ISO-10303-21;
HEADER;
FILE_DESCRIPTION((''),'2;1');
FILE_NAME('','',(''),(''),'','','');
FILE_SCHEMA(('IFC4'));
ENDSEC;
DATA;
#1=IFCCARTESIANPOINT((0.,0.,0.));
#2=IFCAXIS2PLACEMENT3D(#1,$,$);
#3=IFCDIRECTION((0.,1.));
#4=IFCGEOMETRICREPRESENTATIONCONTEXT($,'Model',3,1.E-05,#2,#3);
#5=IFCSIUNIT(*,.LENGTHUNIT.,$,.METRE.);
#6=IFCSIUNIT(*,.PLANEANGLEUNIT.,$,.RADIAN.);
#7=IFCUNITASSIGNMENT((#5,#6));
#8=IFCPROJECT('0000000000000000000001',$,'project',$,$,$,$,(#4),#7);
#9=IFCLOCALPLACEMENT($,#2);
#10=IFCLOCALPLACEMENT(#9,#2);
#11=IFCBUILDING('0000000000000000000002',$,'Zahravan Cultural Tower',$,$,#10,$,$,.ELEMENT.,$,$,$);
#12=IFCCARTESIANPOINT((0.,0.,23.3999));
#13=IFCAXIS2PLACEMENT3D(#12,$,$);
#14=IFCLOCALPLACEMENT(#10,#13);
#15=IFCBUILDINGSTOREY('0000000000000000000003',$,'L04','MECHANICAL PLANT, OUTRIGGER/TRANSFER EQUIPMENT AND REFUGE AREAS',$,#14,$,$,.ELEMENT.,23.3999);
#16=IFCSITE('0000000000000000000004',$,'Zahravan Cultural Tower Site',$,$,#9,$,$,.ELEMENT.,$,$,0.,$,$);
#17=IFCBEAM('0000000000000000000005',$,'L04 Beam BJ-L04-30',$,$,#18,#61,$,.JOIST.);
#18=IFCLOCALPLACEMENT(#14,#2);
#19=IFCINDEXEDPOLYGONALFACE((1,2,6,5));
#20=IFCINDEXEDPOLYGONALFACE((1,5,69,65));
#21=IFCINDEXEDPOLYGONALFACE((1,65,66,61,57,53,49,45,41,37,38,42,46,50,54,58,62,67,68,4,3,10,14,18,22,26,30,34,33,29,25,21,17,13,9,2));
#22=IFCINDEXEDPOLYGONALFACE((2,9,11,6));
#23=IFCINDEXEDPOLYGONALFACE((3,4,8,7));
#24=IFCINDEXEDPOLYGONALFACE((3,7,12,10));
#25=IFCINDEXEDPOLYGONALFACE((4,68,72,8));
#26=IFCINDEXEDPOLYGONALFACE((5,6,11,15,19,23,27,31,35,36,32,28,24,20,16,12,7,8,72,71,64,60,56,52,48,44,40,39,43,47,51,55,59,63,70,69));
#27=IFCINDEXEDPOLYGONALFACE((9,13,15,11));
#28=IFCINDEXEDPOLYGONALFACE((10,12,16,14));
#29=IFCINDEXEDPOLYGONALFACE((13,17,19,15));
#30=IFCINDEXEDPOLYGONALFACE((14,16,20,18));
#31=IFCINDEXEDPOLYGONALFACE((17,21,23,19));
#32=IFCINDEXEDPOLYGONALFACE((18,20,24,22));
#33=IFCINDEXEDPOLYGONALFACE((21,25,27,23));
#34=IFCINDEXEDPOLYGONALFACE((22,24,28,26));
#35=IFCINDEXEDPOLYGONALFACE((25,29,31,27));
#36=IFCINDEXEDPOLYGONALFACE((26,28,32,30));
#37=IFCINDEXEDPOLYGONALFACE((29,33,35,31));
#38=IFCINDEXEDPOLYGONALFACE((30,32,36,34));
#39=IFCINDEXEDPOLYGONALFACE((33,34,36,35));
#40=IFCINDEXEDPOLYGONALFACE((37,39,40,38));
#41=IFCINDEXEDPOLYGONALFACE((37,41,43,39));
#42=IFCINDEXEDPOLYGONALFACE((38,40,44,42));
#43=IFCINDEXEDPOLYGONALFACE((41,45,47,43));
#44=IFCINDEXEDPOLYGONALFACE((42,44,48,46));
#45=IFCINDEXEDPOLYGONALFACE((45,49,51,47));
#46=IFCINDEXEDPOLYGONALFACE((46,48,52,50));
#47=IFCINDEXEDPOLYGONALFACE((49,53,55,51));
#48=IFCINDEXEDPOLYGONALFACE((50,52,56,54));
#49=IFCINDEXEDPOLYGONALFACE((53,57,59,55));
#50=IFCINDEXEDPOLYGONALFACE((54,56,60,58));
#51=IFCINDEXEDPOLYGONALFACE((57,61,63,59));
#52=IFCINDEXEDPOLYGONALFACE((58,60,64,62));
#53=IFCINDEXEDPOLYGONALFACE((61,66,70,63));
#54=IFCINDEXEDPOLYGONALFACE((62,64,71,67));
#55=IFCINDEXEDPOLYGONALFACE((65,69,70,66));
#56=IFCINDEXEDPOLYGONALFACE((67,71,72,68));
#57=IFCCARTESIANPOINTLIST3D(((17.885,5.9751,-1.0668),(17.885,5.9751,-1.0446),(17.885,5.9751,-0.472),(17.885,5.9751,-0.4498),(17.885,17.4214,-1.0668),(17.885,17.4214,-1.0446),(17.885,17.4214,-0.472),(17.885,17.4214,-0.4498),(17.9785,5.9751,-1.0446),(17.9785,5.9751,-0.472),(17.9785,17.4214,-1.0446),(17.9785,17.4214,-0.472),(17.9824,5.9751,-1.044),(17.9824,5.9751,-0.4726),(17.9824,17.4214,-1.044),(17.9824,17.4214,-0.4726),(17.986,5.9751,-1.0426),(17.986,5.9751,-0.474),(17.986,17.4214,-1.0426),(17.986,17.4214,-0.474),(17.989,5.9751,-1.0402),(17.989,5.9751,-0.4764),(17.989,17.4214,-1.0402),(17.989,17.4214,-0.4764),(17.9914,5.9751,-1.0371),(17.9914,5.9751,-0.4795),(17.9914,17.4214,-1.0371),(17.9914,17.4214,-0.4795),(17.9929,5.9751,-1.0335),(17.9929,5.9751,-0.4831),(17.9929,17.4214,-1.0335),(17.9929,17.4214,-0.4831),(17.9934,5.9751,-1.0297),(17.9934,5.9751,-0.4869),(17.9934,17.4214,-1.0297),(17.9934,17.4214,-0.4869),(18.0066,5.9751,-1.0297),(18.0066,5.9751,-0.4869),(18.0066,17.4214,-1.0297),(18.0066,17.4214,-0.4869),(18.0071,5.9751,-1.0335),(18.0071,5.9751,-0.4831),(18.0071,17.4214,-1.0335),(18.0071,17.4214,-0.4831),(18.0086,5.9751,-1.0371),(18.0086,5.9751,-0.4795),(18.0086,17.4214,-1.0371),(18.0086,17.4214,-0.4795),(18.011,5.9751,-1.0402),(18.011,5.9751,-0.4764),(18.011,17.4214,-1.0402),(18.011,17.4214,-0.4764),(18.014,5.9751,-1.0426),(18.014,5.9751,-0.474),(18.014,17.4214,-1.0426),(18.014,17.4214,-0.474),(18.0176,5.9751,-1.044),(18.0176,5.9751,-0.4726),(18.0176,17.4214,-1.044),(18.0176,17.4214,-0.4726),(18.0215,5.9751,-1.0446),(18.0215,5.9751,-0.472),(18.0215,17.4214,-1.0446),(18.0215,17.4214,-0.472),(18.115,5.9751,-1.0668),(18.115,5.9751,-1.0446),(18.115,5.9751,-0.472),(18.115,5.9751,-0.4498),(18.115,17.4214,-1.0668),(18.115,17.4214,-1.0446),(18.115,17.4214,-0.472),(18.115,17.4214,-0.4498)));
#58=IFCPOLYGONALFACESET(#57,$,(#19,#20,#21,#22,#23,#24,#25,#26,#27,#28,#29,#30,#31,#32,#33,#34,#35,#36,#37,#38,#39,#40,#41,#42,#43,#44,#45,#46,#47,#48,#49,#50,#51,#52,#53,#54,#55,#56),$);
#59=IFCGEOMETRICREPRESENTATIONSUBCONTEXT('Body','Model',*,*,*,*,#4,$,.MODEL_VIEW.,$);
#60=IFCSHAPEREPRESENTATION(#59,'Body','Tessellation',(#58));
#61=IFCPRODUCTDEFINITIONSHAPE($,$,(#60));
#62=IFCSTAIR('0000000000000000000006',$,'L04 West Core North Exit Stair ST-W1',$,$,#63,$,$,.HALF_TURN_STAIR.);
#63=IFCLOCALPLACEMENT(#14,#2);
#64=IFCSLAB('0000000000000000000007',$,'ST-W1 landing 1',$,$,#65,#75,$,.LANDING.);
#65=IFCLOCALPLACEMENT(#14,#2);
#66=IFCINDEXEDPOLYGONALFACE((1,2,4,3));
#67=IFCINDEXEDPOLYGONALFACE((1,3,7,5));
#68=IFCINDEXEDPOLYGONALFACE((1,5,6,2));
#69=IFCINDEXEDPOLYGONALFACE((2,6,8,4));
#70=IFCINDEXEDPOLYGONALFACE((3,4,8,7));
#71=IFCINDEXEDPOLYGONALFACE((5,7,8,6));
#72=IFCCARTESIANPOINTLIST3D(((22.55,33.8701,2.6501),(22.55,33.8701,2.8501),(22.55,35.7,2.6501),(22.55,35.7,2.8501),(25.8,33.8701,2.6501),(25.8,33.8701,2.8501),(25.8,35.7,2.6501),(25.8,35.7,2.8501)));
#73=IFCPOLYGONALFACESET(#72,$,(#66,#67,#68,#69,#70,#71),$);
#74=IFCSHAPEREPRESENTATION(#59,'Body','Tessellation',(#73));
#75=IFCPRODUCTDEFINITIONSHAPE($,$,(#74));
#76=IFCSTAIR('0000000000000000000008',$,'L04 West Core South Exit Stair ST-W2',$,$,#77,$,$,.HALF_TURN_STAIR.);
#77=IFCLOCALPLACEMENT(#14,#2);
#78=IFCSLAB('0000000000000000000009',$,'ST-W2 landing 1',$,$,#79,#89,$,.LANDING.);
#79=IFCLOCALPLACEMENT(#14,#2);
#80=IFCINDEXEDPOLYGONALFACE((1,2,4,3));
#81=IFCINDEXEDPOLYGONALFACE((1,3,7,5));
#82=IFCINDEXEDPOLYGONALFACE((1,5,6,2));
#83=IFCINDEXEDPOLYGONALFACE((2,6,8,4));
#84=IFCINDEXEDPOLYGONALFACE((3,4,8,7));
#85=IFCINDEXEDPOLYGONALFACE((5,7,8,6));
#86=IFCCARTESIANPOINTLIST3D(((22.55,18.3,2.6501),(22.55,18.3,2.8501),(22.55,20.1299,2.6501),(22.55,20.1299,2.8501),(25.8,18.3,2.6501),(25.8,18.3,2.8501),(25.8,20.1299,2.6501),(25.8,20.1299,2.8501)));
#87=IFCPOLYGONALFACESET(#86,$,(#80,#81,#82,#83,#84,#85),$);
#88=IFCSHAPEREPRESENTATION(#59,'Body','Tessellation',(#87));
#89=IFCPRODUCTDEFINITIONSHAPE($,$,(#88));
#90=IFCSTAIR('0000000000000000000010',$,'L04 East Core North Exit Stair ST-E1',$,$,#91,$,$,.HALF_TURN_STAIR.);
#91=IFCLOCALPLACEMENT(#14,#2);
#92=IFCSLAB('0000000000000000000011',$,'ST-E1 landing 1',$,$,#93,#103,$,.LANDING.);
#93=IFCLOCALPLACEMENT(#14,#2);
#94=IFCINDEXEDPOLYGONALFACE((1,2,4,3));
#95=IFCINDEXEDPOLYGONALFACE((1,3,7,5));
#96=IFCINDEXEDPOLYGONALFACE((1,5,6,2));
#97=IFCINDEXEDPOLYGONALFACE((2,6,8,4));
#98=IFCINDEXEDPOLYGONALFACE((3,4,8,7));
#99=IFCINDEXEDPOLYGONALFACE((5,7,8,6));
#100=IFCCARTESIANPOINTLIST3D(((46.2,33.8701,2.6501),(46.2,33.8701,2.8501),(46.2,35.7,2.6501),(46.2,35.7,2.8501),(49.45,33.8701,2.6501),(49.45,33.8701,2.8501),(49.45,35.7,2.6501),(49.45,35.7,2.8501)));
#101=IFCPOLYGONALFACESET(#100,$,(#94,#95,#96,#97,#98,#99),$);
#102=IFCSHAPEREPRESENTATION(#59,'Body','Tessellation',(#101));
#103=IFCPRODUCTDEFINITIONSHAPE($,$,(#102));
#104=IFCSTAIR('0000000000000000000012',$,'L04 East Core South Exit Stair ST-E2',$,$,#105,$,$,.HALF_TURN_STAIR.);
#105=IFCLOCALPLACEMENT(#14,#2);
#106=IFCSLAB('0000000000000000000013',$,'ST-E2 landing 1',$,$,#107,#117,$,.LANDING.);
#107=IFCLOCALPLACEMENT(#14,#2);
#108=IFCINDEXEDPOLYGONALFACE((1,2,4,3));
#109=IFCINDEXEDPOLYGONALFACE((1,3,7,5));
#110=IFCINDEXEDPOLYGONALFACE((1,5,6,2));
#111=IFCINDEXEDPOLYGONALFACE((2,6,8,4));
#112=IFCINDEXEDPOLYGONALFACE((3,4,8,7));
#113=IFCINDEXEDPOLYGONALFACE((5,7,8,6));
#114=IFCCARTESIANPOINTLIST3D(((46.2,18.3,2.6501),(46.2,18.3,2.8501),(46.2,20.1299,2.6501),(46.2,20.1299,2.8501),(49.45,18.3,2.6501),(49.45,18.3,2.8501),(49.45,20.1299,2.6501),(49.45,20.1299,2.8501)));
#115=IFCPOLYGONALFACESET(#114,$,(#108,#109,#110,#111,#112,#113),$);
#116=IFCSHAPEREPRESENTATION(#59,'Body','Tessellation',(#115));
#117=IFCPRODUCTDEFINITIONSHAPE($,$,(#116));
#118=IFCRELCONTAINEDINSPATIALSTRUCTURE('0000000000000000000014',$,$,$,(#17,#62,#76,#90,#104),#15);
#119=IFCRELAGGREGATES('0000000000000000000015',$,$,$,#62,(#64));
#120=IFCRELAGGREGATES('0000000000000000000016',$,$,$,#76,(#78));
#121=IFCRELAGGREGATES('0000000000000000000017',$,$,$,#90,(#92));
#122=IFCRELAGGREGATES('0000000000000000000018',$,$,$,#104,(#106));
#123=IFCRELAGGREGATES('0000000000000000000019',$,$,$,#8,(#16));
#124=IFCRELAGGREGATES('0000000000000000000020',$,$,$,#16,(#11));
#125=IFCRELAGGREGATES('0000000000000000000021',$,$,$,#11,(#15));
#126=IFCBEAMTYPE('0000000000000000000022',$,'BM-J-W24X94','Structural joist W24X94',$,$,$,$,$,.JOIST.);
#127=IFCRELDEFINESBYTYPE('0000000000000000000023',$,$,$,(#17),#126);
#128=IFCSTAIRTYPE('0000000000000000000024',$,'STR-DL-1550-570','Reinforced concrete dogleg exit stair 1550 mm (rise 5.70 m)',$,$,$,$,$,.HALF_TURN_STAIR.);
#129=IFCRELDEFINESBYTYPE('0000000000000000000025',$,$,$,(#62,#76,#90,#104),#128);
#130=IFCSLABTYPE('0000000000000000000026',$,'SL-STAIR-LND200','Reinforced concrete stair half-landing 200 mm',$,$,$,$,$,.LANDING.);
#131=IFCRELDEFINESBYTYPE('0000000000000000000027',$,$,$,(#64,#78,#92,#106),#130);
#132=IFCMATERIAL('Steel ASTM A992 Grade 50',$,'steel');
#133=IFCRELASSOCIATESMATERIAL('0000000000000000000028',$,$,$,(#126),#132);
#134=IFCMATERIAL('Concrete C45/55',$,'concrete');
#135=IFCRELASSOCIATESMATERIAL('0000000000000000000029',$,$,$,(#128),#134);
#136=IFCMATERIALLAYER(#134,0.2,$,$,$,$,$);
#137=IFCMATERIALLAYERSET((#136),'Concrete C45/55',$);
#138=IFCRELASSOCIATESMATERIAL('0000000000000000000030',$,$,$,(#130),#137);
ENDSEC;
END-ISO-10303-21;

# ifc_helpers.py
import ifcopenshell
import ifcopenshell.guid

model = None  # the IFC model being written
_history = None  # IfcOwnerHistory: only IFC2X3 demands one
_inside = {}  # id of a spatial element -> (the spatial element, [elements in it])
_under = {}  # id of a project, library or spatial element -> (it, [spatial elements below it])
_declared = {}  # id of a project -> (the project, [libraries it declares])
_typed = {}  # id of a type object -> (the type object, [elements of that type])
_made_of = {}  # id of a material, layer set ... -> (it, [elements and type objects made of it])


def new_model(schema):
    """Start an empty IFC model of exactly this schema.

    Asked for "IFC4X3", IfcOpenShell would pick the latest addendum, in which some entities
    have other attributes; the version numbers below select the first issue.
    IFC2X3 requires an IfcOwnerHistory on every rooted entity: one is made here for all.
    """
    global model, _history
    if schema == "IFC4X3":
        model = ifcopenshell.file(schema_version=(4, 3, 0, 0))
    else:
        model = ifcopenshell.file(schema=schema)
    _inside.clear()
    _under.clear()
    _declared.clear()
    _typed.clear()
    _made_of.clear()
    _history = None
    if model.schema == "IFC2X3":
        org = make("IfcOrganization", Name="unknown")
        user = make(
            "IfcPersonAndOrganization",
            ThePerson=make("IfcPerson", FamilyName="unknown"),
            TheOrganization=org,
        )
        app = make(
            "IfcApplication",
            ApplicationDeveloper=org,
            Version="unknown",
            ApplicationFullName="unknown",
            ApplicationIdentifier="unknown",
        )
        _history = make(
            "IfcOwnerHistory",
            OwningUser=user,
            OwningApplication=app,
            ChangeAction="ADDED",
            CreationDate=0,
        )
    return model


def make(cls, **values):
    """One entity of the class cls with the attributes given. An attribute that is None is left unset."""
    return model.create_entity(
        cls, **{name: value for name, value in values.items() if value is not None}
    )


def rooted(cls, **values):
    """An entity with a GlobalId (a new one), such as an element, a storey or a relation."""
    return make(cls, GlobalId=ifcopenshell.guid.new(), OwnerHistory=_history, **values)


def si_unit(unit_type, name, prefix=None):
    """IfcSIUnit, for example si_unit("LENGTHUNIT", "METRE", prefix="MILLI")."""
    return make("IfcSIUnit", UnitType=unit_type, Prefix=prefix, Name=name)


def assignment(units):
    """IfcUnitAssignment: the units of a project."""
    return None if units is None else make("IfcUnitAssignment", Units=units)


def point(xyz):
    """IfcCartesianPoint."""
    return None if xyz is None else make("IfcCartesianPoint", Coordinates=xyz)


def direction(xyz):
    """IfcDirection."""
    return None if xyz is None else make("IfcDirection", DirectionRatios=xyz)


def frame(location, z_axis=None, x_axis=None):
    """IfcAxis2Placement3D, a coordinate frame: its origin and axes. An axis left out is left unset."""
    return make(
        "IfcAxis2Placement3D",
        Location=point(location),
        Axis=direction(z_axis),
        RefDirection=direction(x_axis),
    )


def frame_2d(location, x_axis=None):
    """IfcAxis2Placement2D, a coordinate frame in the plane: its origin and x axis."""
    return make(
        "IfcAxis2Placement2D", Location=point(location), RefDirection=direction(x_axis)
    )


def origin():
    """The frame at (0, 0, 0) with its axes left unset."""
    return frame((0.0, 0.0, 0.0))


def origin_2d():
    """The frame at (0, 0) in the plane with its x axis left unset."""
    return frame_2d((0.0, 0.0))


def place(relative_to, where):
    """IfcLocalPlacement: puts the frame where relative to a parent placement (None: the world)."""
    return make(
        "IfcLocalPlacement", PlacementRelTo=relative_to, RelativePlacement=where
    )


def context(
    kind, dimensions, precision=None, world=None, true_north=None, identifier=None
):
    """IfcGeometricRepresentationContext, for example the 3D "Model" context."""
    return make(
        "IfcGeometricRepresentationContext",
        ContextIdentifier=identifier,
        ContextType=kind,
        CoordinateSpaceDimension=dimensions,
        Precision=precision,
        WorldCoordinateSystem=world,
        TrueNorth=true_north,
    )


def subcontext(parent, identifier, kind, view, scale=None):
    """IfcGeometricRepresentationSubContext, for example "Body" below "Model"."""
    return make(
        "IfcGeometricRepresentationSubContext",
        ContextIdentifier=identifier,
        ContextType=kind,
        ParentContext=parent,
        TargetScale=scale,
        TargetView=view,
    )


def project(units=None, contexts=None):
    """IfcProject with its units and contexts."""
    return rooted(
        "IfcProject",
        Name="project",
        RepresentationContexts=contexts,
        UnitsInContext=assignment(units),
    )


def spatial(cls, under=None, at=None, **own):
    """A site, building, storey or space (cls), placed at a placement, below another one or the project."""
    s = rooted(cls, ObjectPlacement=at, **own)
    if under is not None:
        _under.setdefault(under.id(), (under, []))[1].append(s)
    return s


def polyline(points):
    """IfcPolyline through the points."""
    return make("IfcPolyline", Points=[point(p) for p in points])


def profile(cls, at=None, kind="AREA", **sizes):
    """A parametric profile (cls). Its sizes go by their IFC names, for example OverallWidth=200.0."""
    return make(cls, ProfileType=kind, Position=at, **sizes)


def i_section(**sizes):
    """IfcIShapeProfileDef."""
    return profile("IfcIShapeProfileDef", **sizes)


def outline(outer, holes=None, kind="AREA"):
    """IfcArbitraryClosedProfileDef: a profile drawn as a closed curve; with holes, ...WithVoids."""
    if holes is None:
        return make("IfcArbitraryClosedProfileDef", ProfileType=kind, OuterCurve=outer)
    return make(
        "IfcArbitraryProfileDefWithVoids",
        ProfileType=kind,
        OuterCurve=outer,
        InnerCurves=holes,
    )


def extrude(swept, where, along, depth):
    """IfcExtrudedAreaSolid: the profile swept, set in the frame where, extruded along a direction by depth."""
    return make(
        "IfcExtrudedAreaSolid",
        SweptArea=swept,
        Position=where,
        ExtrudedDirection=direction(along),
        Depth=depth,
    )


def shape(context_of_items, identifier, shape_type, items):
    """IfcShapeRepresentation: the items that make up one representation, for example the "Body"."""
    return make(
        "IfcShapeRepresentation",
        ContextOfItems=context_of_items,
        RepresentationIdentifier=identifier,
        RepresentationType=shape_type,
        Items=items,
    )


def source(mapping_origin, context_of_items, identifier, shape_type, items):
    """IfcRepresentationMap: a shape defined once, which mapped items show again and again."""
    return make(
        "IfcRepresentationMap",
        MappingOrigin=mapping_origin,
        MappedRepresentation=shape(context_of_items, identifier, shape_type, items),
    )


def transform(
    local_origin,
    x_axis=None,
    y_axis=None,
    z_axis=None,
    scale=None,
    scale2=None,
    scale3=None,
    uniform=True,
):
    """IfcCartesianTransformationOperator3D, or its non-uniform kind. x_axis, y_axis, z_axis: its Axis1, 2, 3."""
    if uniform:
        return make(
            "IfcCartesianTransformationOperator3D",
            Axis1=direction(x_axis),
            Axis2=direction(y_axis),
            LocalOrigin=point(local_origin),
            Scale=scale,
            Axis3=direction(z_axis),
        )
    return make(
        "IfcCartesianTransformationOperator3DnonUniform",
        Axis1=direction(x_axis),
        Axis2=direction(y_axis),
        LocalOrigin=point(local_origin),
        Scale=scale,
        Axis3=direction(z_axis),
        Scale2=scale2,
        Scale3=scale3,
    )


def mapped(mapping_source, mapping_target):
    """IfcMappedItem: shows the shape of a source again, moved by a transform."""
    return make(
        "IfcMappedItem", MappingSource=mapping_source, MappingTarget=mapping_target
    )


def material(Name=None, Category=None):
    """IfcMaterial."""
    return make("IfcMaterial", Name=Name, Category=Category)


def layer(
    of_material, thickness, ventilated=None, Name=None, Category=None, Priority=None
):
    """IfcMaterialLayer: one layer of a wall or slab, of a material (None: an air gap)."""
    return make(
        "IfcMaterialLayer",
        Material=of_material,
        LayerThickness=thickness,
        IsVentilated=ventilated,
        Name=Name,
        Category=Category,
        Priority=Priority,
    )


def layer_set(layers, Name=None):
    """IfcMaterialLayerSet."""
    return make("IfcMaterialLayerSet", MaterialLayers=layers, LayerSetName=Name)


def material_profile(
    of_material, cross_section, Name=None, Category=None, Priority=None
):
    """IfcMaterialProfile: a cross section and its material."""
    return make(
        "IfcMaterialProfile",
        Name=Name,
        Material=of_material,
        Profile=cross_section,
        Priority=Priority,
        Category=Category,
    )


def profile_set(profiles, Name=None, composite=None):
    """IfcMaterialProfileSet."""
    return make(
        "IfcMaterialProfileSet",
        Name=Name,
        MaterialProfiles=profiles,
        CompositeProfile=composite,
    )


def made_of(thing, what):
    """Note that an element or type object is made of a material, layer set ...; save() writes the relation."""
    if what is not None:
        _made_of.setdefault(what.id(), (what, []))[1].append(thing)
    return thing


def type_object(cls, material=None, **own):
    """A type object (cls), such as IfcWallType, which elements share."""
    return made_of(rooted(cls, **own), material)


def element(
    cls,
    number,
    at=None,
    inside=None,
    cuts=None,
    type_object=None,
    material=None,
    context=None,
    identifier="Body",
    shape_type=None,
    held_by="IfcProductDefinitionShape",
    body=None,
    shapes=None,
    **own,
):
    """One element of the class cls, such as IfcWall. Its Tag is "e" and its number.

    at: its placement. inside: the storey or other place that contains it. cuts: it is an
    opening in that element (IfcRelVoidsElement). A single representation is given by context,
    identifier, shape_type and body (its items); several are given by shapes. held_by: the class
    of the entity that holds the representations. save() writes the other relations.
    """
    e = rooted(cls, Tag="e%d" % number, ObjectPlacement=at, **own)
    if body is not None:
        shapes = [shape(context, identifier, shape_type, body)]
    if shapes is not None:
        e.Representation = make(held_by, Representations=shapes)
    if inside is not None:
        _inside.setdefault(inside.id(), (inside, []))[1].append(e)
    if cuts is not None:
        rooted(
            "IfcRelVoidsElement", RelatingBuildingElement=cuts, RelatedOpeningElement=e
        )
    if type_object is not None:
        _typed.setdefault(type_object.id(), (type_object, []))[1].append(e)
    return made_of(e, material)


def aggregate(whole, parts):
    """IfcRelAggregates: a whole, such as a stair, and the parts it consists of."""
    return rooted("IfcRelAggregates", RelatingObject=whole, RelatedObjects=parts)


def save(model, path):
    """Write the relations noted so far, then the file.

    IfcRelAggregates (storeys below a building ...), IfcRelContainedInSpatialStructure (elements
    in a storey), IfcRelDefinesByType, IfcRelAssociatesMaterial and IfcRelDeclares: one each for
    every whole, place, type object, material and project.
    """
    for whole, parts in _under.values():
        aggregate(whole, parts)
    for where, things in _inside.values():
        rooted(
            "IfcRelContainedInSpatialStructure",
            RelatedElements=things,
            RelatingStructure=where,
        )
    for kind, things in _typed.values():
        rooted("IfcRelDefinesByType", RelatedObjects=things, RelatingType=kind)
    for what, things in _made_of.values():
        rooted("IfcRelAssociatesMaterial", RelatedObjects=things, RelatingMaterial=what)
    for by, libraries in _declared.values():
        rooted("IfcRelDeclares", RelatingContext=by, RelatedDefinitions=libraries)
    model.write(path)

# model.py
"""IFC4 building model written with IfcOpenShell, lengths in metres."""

from ifc_helpers import new_model, si_unit, direction, frame, origin, origin_2d, place, context, subcontext, project, spatial, polyline, i_section, outline, extrude, source, transform, mapped, material, layer, layer_set, material_profile, profile_set, type_object, element, aggregate, save


model = new_model("IFC4")

# Units and contexts
model_context = context("Model", 3, precision=1e-05, world=origin(), true_north=direction((0.0, 1.0)))
body_context = subcontext(model_context, "Body", "Model", "MODEL_VIEW")
ifc_project = project(units=[si_unit("LENGTHUNIT", "METRE"), si_unit("PLANEANGLEUNIT", "RADIAN")], contexts=[model_context])

# Site, building, storey
site_placement = place(None, origin())
site = spatial("IfcSite", under=ifc_project, at=site_placement, Name="Zahravan Cultural Tower Site", CompositionType="ELEMENT", RefElevation=0.0)
building_placement = place(site_placement, origin())
building = spatial("IfcBuilding", under=site, at=building_placement, Name="Zahravan Cultural Tower", CompositionType="ELEMENT")
storey_placement = place(building_placement, frame((0.0, 0.0, 23.3999)))
storey = spatial("IfcBuildingStorey", under=building, at=storey_placement, Name="L04", Description="MECHANICAL PLANT, OUTRIGGER/TRANSFER EQUIPMENT AND REFUGE AREAS", CompositionType="ELEMENT", Elevation=23.3999)

# Beam
ifc_material_1 = material(Name="Steel ASTM A992 Grade 50", Category="steel")
ifc_material_profile_1 = material_profile(ifc_material_1, i_section(OverallWidth=0.23, OverallDepth=0.6169, WebThickness=0.0132, FlangeThickness=0.0222, FilletRadius=0.0149, at=origin_2d()), Name="W24X94")
ifc_profile_set_1 = profile_set([ifc_material_profile_1], Name="Steel ASTM A992 Grade 50")
beam_type_1 = type_object("IfcBeamType", Name="BM-J-W24X94", Description="Structural joist W24X94", PredefinedType="JOIST", material=ifc_profile_set_1)
shared_shape_1 = source(origin(), body_context, "Body", "SweptSolid", [
    extrude(i_section(OverallWidth=0.23, OverallDepth=0.6169, WebThickness=0.0132, FlangeThickness=0.0222, FilletRadius=0.0149, at=origin_2d()), origin(), (0.0, 0.0, 1.0), 11.4463),
])
beam_1_placement = place(storey_placement, frame((18.0, 5.9751, -0.7583), z_axis=(0.0, 1.0, 0.0), x_axis=(-1.0, 0.0, 0.0)))
element("IfcBeam", 1, at=beam_1_placement, inside=storey, type_object=beam_type_1, Name="L04 Beam BJ-L04-30", PredefinedType="JOIST", context=body_context, shape_type="MappedRepresentation", body=[
    mapped(shared_shape_1, transform((0.0, 0.0, 0.0), x_axis=(1.0, 0.0, 0.0), y_axis=(0.0, 1.0, 0.0), z_axis=(0.0, 0.0, 1.0), scale=1.0)),
])

# Stairs, slabs
ifc_material_2 = material(Name="Concrete C45/55", Category="concrete")
stair_type = type_object("IfcStairType", Name="STR-DL-1550-570", Description="Reinforced concrete dogleg exit stair 1550 mm (rise 5.70 m)", PredefinedType="HALF_TURN_STAIR", material=ifc_material_2)
stair_1_placement = place(storey_placement, origin())
stair_1 = element("IfcStair", 2, at=stair_1_placement, inside=storey, type_object=stair_type, Name="L04 West Core North Exit Stair ST-W1", PredefinedType="HALF_TURN_STAIR")
ifc_layer_1 = layer(ifc_material_2, 0.2)
ifc_layer_set_1 = layer_set([ifc_layer_1], Name="Concrete C45/55")
slab_type_1 = type_object("IfcSlabType", Name="SL-STAIR-LND200", Description="Reinforced concrete stair half-landing 200 mm", PredefinedType="LANDING", material=ifc_layer_set_1)
slab_1_placement = place(storey_placement, frame((0.0, 0.0, 2.6501)))
slab_1 = element("IfcSlab", 3, at=slab_1_placement, type_object=slab_type_1, Name="ST-W1 landing 1", PredefinedType="LANDING", context=body_context, shape_type="SweptSolid", body=[
    extrude(outline(polyline([(25.8, 33.8701), (25.8, 35.7), (22.55, 35.7), (22.55, 33.8701), (25.8, 33.8701)])), origin(), (0.0, 0.0, 1.0), 0.2),
])
aggregate(stair_1, [slab_1])
stair_2_placement = place(storey_placement, origin())
stair_2 = element("IfcStair", 4, at=stair_2_placement, inside=storey, type_object=stair_type, Name="L04 West Core South Exit Stair ST-W2", PredefinedType="HALF_TURN_STAIR")
slab_2_placement = place(storey_placement, frame((0.0, 0.0, 2.6501)))
slab_2 = element("IfcSlab", 5, at=slab_2_placement, type_object=slab_type_1, Name="ST-W2 landing 1", PredefinedType="LANDING", context=body_context, shape_type="SweptSolid", body=[
    extrude(outline(polyline([(22.55, 20.1299), (22.55, 18.3), (25.8, 18.3), (25.8, 20.1299), (22.55, 20.1299)])), origin(), (0.0, 0.0, 1.0), 0.2),
])
aggregate(stair_2, [slab_2])
stair_3_placement = place(storey_placement, origin())
stair_3 = element("IfcStair", 6, at=stair_3_placement, inside=storey, type_object=stair_type, Name="L04 East Core North Exit Stair ST-E1", PredefinedType="HALF_TURN_STAIR")
slab_3_placement = place(storey_placement, frame((0.0, 0.0, 2.6501)))
slab_3 = element("IfcSlab", 7, at=slab_3_placement, type_object=slab_type_1, Name="ST-E1 landing 1", PredefinedType="LANDING", context=body_context, shape_type="SweptSolid", body=[
    extrude(outline(polyline([(49.45, 33.8701), (49.45, 35.7), (46.2, 35.7), (46.2, 33.8701), (49.45, 33.8701)])), origin(), (0.0, 0.0, 1.0), 0.2),
])
aggregate(stair_3, [slab_3])
stair_4_placement = place(storey_placement, origin())
stair_4 = element("IfcStair", 8, at=stair_4_placement, inside=storey, type_object=stair_type, Name="L04 East Core South Exit Stair ST-E2", PredefinedType="HALF_TURN_STAIR")
slab_4_placement = place(storey_placement, frame((0.0, 0.0, 2.6501)))
slab_4 = element("IfcSlab", 9, at=slab_4_placement, type_object=slab_type_1, Name="ST-E2 landing 1", PredefinedType="LANDING", context=body_context, shape_type="SweptSolid", body=[
    extrude(outline(polyline([(46.2, 20.1299), (46.2, 18.3), (49.45, 18.3), (49.45, 20.1299), (46.2, 20.1299)])), origin(), (0.0, 0.0, 1.0), 0.2),
])
aggregate(stair_4, [slab_4])

save(model, "model.ifc")
